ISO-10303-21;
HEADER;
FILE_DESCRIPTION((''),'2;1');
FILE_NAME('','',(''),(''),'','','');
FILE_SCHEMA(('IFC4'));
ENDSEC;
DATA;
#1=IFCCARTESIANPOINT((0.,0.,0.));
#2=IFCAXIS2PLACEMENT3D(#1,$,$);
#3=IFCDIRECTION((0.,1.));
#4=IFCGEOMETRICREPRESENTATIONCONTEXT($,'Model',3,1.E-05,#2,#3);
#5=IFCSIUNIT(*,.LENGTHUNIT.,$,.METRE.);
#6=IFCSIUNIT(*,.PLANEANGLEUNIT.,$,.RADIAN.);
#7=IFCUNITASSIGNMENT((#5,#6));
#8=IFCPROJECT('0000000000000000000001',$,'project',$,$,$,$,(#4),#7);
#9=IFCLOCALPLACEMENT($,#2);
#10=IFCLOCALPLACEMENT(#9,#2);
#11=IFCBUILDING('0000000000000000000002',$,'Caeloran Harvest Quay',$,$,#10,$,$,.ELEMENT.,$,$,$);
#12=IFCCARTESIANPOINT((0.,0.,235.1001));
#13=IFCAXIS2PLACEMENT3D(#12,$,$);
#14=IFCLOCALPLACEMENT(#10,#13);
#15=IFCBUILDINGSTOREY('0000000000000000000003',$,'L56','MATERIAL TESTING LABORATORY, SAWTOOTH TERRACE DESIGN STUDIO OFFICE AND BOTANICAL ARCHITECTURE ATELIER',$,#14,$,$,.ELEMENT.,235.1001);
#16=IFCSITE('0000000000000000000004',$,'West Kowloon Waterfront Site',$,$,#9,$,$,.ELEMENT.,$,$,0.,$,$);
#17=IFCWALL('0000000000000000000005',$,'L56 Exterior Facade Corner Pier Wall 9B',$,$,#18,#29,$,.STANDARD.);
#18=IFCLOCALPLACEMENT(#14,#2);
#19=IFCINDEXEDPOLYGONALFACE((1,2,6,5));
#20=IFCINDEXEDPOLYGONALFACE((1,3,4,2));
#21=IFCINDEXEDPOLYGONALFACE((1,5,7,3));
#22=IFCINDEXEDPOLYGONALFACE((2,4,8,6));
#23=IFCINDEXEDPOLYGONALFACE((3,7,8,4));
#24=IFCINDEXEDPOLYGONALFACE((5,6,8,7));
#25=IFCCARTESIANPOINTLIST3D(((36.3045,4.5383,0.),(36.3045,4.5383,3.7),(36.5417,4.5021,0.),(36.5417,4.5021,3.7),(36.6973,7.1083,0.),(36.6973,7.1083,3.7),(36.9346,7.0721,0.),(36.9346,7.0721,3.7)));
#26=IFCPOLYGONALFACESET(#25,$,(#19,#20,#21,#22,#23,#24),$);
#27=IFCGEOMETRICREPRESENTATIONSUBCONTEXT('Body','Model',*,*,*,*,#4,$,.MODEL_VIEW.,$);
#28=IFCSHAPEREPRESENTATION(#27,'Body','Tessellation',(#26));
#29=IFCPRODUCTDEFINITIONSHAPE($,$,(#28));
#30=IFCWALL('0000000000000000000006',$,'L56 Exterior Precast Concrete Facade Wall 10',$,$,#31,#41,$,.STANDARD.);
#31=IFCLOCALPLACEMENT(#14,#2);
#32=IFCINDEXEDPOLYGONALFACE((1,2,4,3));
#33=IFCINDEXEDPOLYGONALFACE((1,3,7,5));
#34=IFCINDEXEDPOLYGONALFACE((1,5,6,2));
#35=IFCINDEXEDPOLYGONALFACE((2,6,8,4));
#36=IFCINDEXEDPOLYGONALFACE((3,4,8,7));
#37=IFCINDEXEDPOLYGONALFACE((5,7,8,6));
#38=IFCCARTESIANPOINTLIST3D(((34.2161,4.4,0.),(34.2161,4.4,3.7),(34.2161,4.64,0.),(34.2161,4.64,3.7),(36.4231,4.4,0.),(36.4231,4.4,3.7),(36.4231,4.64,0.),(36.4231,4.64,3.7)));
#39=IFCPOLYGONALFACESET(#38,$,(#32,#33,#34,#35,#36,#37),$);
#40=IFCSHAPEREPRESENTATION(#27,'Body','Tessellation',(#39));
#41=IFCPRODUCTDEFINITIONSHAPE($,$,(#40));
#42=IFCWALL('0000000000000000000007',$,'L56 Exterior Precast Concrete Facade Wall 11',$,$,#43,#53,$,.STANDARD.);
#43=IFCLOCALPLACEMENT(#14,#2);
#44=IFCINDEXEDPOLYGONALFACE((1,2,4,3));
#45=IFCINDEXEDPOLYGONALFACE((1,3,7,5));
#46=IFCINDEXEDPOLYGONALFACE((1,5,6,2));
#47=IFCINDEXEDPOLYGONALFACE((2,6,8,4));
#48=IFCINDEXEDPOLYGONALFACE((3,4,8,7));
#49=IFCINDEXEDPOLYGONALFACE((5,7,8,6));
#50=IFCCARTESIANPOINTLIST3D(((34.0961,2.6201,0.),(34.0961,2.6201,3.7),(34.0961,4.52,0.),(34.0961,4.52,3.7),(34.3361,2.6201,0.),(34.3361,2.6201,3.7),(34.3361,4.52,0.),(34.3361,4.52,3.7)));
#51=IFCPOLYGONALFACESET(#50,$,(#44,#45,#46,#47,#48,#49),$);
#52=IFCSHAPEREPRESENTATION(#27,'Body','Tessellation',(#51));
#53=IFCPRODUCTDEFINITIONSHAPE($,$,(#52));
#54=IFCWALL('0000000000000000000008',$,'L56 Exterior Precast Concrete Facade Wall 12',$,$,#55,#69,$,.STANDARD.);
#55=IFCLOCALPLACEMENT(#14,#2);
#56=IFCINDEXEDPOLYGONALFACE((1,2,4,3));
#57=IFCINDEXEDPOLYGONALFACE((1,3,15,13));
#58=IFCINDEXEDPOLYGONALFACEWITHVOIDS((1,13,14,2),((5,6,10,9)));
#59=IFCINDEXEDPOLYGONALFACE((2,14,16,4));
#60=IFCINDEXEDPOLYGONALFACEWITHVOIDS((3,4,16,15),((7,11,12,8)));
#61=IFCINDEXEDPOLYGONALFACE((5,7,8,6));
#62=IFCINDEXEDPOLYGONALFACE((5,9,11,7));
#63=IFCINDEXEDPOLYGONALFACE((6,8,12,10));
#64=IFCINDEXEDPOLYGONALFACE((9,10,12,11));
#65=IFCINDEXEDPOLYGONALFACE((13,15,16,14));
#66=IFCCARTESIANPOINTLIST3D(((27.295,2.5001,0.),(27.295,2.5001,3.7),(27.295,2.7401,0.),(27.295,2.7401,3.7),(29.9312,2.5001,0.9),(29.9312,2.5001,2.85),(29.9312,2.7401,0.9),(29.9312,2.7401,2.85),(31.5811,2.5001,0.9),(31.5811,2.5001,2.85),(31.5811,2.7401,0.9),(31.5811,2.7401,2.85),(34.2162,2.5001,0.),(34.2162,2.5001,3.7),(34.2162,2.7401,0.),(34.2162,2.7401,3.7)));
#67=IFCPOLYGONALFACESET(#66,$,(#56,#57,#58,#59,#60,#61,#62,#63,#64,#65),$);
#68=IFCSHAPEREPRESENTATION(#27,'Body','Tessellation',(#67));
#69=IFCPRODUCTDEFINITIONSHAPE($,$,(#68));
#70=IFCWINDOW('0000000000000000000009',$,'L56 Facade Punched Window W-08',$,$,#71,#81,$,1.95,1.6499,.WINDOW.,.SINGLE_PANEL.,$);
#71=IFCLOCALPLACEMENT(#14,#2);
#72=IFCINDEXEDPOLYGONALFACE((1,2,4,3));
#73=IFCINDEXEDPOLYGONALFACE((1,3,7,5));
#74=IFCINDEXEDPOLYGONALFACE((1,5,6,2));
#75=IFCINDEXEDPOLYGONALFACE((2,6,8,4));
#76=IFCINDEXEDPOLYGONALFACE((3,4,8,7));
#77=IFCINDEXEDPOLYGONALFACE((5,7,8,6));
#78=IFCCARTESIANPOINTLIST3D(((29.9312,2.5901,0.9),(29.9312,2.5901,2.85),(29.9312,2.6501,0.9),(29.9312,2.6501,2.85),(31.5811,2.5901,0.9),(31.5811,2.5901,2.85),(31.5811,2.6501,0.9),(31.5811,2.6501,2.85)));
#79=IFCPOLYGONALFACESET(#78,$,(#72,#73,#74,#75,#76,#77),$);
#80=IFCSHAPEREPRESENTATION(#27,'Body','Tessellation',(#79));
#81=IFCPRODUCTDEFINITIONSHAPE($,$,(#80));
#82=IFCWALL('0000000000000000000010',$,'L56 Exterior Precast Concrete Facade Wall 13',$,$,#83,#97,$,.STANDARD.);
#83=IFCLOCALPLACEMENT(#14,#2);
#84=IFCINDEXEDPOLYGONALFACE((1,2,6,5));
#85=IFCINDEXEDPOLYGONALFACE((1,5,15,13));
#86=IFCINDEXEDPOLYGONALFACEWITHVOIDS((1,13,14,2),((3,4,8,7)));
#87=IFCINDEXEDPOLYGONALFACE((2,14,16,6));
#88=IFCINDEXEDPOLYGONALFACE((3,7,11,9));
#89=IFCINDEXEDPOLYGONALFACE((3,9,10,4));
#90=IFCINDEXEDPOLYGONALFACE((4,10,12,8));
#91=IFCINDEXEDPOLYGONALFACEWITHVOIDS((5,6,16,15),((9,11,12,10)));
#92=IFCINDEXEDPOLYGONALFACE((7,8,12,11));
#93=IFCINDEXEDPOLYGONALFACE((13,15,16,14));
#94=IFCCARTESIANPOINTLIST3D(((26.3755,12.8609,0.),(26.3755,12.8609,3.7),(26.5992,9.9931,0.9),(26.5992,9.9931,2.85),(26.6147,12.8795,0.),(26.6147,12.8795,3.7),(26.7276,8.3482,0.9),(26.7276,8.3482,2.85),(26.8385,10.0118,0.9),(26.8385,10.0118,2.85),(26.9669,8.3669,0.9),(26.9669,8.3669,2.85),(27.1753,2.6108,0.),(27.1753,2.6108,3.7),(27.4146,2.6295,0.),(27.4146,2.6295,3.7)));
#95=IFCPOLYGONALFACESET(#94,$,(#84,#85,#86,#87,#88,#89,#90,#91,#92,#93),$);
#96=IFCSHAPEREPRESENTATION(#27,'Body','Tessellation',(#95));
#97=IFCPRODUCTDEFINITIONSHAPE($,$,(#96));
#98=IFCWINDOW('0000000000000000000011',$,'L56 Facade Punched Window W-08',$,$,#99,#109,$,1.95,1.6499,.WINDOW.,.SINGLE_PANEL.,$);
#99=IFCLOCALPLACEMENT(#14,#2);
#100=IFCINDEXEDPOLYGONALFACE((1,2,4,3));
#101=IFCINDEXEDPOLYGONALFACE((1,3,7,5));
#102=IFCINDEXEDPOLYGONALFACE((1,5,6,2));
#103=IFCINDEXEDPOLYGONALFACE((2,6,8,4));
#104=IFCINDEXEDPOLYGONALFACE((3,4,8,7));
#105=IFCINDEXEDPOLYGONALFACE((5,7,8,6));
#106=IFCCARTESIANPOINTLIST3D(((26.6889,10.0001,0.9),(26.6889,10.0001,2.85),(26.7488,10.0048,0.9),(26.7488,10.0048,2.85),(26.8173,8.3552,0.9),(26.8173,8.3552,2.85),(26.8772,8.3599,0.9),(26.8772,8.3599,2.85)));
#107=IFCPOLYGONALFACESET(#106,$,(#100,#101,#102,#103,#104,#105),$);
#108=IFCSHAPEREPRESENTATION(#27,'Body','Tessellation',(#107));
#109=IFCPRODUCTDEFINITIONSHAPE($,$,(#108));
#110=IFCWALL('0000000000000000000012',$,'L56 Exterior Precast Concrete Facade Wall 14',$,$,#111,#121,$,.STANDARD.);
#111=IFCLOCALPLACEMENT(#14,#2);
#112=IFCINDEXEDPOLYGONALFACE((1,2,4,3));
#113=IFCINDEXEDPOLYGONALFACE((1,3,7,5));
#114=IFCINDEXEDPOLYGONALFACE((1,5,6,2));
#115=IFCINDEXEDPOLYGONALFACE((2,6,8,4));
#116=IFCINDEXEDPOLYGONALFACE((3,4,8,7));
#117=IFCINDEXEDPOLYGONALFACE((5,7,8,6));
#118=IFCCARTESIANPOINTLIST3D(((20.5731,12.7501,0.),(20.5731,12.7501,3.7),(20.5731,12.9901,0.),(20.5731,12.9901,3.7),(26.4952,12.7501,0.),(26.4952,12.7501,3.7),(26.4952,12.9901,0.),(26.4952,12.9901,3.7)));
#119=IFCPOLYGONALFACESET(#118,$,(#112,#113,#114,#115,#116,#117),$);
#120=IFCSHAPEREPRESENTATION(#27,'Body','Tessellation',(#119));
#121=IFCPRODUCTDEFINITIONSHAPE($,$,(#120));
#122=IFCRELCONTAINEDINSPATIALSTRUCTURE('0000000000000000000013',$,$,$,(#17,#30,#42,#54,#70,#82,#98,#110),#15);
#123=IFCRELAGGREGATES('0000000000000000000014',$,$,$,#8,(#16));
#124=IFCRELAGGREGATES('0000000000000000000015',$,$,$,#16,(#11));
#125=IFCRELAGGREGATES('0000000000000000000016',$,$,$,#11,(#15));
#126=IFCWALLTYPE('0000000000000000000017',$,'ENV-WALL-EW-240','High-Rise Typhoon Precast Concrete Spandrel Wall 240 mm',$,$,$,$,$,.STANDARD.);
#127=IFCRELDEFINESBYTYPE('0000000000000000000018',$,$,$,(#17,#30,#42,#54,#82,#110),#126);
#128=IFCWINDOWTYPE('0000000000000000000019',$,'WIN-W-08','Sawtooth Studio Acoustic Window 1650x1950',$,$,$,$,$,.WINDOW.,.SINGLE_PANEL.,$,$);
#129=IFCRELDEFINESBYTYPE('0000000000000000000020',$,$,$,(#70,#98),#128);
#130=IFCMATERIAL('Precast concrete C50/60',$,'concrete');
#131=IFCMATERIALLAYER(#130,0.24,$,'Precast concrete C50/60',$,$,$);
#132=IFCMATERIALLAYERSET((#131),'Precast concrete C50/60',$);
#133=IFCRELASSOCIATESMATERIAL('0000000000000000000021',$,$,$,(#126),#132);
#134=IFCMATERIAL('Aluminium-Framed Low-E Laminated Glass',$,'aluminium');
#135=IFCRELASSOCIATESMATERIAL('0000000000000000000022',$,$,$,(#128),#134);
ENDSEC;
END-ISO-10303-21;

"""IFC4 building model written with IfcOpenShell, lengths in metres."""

from ifc_helpers import new_model, si_unit, direction, frame, frame_2d, origin, place, context, subcontext, project, spatial, rectangle, extrude, material, layer, layer_set, type_object, element, fill, save


model = new_model("IFC4")

# Units and contexts
model_context = context("Model", 3, precision=1e-05, world=origin(), true_north=direction((0.0, 1.0)))
body_context = subcontext(model_context, "Body", "Model", "MODEL_VIEW")
ifc_project = project(units=[si_unit("LENGTHUNIT", "METRE"), si_unit("PLANEANGLEUNIT", "RADIAN")], contexts=[model_context])

# Site, building, storey
site_placement = place(None, origin())
site = spatial("IfcSite", under=ifc_project, at=site_placement, Name="West Kowloon Waterfront Site", CompositionType="ELEMENT", RefElevation=0.0)
building_placement = place(site_placement, origin())
building = spatial("IfcBuilding", under=site, at=building_placement, Name="Caeloran Harvest Quay", CompositionType="ELEMENT")
storey_placement = place(building_placement, frame((0.0, 0.0, 235.1001)))
storey = spatial("IfcBuildingStorey", under=building, at=storey_placement, Name="L56", Description="MATERIAL TESTING LABORATORY, SAWTOOTH TERRACE DESIGN STUDIO OFFICE AND BOTANICAL ARCHITECTURE ATELIER", CompositionType="ELEMENT", Elevation=235.1001)

# Walls
ifc_material_1 = material(Name="Precast concrete C50/60", Category="concrete")
ifc_layer_1 = layer(ifc_material_1, 0.24, Name="Precast concrete C50/60")
ifc_layer_set_1 = layer_set([ifc_layer_1], Name="Precast concrete C50/60")
wall_type = type_object("IfcWallType", Name="ENV-WALL-EW-240", Description="High-Rise Typhoon Precast Concrete Spandrel Wall 240 mm", PredefinedType="STANDARD", material=ifc_layer_set_1)
wall_1_placement = place(storey_placement, frame((36.8159, 7.0901, 0.0), z_axis=(0.0, 0.0, 1.0), x_axis=(-0.15109, -0.98852, 0.0)))
element("IfcWall", 1, at=wall_1_placement, inside=storey, type_object=wall_type, Name="L56 Exterior Facade Corner Pier Wall 9B", PredefinedType="STANDARD", context=body_context, shape_type="SweptSolid", body=[
    extrude(rectangle(XDim=2.5999, YDim=0.24, at=frame_2d((1.2998, 0.0))), origin(), (0.0, 0.0, 1.0), 3.7),
])
wall_2_placement = place(storey_placement, frame((36.4231, 4.52, 0.0), z_axis=(0.0, 0.0, 1.0), x_axis=(-1.0, 0.0, 0.0)))
element("IfcWall", 2, at=wall_2_placement, inside=storey, type_object=wall_type, Name="L56 Exterior Precast Concrete Facade Wall 10", PredefinedType="STANDARD", context=body_context, shape_type="SweptSolid", body=[
    extrude(rectangle(XDim=2.207, YDim=0.24, at=frame_2d((1.1035, 0.0))), origin(), (0.0, 0.0, 1.0), 3.7),
])
wall_3_placement = place(storey_placement, frame((34.2161, 4.52, 0.0), z_axis=(0.0, 0.0, 1.0), x_axis=(0.0, -1.0, 0.0)))
element("IfcWall", 3, at=wall_3_placement, inside=storey, type_object=wall_type, Name="L56 Exterior Precast Concrete Facade Wall 11", PredefinedType="STANDARD", context=body_context, shape_type="SweptSolid", body=[
    extrude(rectangle(XDim=1.8999, YDim=0.24, at=frame_2d((0.95, 0.0))), origin(), (0.0, 0.0, 1.0), 3.7),
])

# Walls, openings, windows
wall_4_placement = place(storey_placement, frame((34.2161, 2.6201, 0.0), z_axis=(0.0, 0.0, 1.0), x_axis=(-1.0, 0.0, 0.0)))
wall_4 = element("IfcWall", 4, at=wall_4_placement, inside=storey, type_object=wall_type, Name="L56 Exterior Precast Concrete Facade Wall 12", PredefinedType="STANDARD", context=body_context, shape_type="SweptSolid", body=[
    extrude(rectangle(XDim=6.9211, YDim=0.24, at=frame_2d((3.4604, 0.0))), origin(), (0.0, 0.0, 1.0), 3.7),
])
opening_1_placement = place(wall_4_placement, frame((2.635, 0.0, 0.8999)))
opening_1 = element("IfcOpeningElement", 5, at=opening_1_placement, cuts=wall_4, PredefinedType="OPENING", context=body_context, shape_type="SweptSolid", body=[
    extrude(rectangle(XDim=1.6499, YDim=1.95, at=frame_2d((0.825, 0.9751))), frame((0.0, 0.1299, 0.0), z_axis=(0.0, -1.0, 0.0), x_axis=(1.0, 0.0, 0.0)), (0.0, 0.0, 1.0), 0.26),
])
ifc_material_2 = material(Name="Aluminium-Framed Low-E Laminated Glass", Category="aluminium")
window_type = type_object("IfcWindowType", Name="WIN-W-08", Description="Sawtooth Studio Acoustic Window 1650x1950", PartitioningType="SINGLE_PANEL", PredefinedType="WINDOW", material=ifc_material_2)
window_1_placement = place(opening_1_placement, origin())
window_1 = element("IfcWindow", 6, at=window_1_placement, inside=storey, type_object=window_type, Name="L56 Facade Punched Window W-08", OverallHeight=1.95, OverallWidth=1.6499, PartitioningType="SINGLE_PANEL", PredefinedType="WINDOW", context=body_context, shape_type="SweptSolid", body=[
    extrude(rectangle(XDim=1.6499, YDim=1.95, at=frame_2d((0.825, 0.9751))), frame((0.0, 0.03, 0.0), z_axis=(0.0, -1.0, 0.0), x_axis=(1.0, 0.0, 0.0)), (0.0, 0.0, 1.0), 0.0601),
])
fill(opening_1, window_1)
wall_5_placement = place(storey_placement, frame((27.2949, 2.6201, 0.0), z_axis=(0.0, 0.0, 1.0), x_axis=(-0.077793, 0.99697, 0.0)))
wall_5 = element("IfcWall", 7, at=wall_5_placement, inside=storey, type_object=wall_type, Name="L56 Exterior Precast Concrete Facade Wall 13", PredefinedType="STANDARD", context=body_context, shape_type="SweptSolid", body=[
    extrude(rectangle(XDim=10.2812, YDim=0.24, at=frame_2d((5.1406, 0.0))), origin(), (0.0, 0.0, 1.0), 3.7),
])
opening_2_placement = place(wall_5_placement, frame((5.7549, 0.0, 0.8999)))
opening_2 = element("IfcOpeningElement", 8, at=opening_2_placement, cuts=wall_5, PredefinedType="OPENING", context=body_context, shape_type="SweptSolid", body=[
    extrude(rectangle(XDim=1.6499, YDim=1.95, at=frame_2d((0.825, 0.9751))), frame((0.0, 0.1299, 0.0), z_axis=(0.0, -1.0, 0.0), x_axis=(1.0, 0.0, 0.0)), (0.0, 0.0, 1.0), 0.26),
])
window_2_placement = place(opening_2_placement, origin())
window_2 = element("IfcWindow", 9, at=window_2_placement, inside=storey, type_object=window_type, Name="L56 Facade Punched Window W-08", OverallHeight=1.95, OverallWidth=1.6499, PartitioningType="SINGLE_PANEL", PredefinedType="WINDOW", context=body_context, shape_type="SweptSolid", body=[
    extrude(rectangle(XDim=1.6499, YDim=1.95, at=frame_2d((0.825, 0.9751))), frame((0.0, 0.03, 0.0), z_axis=(0.0, -1.0, 0.0), x_axis=(1.0, 0.0, 0.0)), (0.0, 0.0, 1.0), 0.0601),
])
fill(opening_2, window_2)

# Wall
wall_6_placement = place(storey_placement, frame((26.4951, 12.8701, 0.0), z_axis=(0.0, 0.0, 1.0), x_axis=(-1.0, 0.0, 0.0)))
element("IfcWall", 10, at=wall_6_placement, inside=storey, type_object=wall_type, Name="L56 Exterior Precast Concrete Facade Wall 14", PredefinedType="STANDARD", context=body_context, shape_type="SweptSolid", body=[
    extrude(rectangle(XDim=5.9221, YDim=0.24, at=frame_2d((2.9609, 0.0))), origin(), (0.0, 0.0, 1.0), 3.7),
])

save(model, "model.ifc")
